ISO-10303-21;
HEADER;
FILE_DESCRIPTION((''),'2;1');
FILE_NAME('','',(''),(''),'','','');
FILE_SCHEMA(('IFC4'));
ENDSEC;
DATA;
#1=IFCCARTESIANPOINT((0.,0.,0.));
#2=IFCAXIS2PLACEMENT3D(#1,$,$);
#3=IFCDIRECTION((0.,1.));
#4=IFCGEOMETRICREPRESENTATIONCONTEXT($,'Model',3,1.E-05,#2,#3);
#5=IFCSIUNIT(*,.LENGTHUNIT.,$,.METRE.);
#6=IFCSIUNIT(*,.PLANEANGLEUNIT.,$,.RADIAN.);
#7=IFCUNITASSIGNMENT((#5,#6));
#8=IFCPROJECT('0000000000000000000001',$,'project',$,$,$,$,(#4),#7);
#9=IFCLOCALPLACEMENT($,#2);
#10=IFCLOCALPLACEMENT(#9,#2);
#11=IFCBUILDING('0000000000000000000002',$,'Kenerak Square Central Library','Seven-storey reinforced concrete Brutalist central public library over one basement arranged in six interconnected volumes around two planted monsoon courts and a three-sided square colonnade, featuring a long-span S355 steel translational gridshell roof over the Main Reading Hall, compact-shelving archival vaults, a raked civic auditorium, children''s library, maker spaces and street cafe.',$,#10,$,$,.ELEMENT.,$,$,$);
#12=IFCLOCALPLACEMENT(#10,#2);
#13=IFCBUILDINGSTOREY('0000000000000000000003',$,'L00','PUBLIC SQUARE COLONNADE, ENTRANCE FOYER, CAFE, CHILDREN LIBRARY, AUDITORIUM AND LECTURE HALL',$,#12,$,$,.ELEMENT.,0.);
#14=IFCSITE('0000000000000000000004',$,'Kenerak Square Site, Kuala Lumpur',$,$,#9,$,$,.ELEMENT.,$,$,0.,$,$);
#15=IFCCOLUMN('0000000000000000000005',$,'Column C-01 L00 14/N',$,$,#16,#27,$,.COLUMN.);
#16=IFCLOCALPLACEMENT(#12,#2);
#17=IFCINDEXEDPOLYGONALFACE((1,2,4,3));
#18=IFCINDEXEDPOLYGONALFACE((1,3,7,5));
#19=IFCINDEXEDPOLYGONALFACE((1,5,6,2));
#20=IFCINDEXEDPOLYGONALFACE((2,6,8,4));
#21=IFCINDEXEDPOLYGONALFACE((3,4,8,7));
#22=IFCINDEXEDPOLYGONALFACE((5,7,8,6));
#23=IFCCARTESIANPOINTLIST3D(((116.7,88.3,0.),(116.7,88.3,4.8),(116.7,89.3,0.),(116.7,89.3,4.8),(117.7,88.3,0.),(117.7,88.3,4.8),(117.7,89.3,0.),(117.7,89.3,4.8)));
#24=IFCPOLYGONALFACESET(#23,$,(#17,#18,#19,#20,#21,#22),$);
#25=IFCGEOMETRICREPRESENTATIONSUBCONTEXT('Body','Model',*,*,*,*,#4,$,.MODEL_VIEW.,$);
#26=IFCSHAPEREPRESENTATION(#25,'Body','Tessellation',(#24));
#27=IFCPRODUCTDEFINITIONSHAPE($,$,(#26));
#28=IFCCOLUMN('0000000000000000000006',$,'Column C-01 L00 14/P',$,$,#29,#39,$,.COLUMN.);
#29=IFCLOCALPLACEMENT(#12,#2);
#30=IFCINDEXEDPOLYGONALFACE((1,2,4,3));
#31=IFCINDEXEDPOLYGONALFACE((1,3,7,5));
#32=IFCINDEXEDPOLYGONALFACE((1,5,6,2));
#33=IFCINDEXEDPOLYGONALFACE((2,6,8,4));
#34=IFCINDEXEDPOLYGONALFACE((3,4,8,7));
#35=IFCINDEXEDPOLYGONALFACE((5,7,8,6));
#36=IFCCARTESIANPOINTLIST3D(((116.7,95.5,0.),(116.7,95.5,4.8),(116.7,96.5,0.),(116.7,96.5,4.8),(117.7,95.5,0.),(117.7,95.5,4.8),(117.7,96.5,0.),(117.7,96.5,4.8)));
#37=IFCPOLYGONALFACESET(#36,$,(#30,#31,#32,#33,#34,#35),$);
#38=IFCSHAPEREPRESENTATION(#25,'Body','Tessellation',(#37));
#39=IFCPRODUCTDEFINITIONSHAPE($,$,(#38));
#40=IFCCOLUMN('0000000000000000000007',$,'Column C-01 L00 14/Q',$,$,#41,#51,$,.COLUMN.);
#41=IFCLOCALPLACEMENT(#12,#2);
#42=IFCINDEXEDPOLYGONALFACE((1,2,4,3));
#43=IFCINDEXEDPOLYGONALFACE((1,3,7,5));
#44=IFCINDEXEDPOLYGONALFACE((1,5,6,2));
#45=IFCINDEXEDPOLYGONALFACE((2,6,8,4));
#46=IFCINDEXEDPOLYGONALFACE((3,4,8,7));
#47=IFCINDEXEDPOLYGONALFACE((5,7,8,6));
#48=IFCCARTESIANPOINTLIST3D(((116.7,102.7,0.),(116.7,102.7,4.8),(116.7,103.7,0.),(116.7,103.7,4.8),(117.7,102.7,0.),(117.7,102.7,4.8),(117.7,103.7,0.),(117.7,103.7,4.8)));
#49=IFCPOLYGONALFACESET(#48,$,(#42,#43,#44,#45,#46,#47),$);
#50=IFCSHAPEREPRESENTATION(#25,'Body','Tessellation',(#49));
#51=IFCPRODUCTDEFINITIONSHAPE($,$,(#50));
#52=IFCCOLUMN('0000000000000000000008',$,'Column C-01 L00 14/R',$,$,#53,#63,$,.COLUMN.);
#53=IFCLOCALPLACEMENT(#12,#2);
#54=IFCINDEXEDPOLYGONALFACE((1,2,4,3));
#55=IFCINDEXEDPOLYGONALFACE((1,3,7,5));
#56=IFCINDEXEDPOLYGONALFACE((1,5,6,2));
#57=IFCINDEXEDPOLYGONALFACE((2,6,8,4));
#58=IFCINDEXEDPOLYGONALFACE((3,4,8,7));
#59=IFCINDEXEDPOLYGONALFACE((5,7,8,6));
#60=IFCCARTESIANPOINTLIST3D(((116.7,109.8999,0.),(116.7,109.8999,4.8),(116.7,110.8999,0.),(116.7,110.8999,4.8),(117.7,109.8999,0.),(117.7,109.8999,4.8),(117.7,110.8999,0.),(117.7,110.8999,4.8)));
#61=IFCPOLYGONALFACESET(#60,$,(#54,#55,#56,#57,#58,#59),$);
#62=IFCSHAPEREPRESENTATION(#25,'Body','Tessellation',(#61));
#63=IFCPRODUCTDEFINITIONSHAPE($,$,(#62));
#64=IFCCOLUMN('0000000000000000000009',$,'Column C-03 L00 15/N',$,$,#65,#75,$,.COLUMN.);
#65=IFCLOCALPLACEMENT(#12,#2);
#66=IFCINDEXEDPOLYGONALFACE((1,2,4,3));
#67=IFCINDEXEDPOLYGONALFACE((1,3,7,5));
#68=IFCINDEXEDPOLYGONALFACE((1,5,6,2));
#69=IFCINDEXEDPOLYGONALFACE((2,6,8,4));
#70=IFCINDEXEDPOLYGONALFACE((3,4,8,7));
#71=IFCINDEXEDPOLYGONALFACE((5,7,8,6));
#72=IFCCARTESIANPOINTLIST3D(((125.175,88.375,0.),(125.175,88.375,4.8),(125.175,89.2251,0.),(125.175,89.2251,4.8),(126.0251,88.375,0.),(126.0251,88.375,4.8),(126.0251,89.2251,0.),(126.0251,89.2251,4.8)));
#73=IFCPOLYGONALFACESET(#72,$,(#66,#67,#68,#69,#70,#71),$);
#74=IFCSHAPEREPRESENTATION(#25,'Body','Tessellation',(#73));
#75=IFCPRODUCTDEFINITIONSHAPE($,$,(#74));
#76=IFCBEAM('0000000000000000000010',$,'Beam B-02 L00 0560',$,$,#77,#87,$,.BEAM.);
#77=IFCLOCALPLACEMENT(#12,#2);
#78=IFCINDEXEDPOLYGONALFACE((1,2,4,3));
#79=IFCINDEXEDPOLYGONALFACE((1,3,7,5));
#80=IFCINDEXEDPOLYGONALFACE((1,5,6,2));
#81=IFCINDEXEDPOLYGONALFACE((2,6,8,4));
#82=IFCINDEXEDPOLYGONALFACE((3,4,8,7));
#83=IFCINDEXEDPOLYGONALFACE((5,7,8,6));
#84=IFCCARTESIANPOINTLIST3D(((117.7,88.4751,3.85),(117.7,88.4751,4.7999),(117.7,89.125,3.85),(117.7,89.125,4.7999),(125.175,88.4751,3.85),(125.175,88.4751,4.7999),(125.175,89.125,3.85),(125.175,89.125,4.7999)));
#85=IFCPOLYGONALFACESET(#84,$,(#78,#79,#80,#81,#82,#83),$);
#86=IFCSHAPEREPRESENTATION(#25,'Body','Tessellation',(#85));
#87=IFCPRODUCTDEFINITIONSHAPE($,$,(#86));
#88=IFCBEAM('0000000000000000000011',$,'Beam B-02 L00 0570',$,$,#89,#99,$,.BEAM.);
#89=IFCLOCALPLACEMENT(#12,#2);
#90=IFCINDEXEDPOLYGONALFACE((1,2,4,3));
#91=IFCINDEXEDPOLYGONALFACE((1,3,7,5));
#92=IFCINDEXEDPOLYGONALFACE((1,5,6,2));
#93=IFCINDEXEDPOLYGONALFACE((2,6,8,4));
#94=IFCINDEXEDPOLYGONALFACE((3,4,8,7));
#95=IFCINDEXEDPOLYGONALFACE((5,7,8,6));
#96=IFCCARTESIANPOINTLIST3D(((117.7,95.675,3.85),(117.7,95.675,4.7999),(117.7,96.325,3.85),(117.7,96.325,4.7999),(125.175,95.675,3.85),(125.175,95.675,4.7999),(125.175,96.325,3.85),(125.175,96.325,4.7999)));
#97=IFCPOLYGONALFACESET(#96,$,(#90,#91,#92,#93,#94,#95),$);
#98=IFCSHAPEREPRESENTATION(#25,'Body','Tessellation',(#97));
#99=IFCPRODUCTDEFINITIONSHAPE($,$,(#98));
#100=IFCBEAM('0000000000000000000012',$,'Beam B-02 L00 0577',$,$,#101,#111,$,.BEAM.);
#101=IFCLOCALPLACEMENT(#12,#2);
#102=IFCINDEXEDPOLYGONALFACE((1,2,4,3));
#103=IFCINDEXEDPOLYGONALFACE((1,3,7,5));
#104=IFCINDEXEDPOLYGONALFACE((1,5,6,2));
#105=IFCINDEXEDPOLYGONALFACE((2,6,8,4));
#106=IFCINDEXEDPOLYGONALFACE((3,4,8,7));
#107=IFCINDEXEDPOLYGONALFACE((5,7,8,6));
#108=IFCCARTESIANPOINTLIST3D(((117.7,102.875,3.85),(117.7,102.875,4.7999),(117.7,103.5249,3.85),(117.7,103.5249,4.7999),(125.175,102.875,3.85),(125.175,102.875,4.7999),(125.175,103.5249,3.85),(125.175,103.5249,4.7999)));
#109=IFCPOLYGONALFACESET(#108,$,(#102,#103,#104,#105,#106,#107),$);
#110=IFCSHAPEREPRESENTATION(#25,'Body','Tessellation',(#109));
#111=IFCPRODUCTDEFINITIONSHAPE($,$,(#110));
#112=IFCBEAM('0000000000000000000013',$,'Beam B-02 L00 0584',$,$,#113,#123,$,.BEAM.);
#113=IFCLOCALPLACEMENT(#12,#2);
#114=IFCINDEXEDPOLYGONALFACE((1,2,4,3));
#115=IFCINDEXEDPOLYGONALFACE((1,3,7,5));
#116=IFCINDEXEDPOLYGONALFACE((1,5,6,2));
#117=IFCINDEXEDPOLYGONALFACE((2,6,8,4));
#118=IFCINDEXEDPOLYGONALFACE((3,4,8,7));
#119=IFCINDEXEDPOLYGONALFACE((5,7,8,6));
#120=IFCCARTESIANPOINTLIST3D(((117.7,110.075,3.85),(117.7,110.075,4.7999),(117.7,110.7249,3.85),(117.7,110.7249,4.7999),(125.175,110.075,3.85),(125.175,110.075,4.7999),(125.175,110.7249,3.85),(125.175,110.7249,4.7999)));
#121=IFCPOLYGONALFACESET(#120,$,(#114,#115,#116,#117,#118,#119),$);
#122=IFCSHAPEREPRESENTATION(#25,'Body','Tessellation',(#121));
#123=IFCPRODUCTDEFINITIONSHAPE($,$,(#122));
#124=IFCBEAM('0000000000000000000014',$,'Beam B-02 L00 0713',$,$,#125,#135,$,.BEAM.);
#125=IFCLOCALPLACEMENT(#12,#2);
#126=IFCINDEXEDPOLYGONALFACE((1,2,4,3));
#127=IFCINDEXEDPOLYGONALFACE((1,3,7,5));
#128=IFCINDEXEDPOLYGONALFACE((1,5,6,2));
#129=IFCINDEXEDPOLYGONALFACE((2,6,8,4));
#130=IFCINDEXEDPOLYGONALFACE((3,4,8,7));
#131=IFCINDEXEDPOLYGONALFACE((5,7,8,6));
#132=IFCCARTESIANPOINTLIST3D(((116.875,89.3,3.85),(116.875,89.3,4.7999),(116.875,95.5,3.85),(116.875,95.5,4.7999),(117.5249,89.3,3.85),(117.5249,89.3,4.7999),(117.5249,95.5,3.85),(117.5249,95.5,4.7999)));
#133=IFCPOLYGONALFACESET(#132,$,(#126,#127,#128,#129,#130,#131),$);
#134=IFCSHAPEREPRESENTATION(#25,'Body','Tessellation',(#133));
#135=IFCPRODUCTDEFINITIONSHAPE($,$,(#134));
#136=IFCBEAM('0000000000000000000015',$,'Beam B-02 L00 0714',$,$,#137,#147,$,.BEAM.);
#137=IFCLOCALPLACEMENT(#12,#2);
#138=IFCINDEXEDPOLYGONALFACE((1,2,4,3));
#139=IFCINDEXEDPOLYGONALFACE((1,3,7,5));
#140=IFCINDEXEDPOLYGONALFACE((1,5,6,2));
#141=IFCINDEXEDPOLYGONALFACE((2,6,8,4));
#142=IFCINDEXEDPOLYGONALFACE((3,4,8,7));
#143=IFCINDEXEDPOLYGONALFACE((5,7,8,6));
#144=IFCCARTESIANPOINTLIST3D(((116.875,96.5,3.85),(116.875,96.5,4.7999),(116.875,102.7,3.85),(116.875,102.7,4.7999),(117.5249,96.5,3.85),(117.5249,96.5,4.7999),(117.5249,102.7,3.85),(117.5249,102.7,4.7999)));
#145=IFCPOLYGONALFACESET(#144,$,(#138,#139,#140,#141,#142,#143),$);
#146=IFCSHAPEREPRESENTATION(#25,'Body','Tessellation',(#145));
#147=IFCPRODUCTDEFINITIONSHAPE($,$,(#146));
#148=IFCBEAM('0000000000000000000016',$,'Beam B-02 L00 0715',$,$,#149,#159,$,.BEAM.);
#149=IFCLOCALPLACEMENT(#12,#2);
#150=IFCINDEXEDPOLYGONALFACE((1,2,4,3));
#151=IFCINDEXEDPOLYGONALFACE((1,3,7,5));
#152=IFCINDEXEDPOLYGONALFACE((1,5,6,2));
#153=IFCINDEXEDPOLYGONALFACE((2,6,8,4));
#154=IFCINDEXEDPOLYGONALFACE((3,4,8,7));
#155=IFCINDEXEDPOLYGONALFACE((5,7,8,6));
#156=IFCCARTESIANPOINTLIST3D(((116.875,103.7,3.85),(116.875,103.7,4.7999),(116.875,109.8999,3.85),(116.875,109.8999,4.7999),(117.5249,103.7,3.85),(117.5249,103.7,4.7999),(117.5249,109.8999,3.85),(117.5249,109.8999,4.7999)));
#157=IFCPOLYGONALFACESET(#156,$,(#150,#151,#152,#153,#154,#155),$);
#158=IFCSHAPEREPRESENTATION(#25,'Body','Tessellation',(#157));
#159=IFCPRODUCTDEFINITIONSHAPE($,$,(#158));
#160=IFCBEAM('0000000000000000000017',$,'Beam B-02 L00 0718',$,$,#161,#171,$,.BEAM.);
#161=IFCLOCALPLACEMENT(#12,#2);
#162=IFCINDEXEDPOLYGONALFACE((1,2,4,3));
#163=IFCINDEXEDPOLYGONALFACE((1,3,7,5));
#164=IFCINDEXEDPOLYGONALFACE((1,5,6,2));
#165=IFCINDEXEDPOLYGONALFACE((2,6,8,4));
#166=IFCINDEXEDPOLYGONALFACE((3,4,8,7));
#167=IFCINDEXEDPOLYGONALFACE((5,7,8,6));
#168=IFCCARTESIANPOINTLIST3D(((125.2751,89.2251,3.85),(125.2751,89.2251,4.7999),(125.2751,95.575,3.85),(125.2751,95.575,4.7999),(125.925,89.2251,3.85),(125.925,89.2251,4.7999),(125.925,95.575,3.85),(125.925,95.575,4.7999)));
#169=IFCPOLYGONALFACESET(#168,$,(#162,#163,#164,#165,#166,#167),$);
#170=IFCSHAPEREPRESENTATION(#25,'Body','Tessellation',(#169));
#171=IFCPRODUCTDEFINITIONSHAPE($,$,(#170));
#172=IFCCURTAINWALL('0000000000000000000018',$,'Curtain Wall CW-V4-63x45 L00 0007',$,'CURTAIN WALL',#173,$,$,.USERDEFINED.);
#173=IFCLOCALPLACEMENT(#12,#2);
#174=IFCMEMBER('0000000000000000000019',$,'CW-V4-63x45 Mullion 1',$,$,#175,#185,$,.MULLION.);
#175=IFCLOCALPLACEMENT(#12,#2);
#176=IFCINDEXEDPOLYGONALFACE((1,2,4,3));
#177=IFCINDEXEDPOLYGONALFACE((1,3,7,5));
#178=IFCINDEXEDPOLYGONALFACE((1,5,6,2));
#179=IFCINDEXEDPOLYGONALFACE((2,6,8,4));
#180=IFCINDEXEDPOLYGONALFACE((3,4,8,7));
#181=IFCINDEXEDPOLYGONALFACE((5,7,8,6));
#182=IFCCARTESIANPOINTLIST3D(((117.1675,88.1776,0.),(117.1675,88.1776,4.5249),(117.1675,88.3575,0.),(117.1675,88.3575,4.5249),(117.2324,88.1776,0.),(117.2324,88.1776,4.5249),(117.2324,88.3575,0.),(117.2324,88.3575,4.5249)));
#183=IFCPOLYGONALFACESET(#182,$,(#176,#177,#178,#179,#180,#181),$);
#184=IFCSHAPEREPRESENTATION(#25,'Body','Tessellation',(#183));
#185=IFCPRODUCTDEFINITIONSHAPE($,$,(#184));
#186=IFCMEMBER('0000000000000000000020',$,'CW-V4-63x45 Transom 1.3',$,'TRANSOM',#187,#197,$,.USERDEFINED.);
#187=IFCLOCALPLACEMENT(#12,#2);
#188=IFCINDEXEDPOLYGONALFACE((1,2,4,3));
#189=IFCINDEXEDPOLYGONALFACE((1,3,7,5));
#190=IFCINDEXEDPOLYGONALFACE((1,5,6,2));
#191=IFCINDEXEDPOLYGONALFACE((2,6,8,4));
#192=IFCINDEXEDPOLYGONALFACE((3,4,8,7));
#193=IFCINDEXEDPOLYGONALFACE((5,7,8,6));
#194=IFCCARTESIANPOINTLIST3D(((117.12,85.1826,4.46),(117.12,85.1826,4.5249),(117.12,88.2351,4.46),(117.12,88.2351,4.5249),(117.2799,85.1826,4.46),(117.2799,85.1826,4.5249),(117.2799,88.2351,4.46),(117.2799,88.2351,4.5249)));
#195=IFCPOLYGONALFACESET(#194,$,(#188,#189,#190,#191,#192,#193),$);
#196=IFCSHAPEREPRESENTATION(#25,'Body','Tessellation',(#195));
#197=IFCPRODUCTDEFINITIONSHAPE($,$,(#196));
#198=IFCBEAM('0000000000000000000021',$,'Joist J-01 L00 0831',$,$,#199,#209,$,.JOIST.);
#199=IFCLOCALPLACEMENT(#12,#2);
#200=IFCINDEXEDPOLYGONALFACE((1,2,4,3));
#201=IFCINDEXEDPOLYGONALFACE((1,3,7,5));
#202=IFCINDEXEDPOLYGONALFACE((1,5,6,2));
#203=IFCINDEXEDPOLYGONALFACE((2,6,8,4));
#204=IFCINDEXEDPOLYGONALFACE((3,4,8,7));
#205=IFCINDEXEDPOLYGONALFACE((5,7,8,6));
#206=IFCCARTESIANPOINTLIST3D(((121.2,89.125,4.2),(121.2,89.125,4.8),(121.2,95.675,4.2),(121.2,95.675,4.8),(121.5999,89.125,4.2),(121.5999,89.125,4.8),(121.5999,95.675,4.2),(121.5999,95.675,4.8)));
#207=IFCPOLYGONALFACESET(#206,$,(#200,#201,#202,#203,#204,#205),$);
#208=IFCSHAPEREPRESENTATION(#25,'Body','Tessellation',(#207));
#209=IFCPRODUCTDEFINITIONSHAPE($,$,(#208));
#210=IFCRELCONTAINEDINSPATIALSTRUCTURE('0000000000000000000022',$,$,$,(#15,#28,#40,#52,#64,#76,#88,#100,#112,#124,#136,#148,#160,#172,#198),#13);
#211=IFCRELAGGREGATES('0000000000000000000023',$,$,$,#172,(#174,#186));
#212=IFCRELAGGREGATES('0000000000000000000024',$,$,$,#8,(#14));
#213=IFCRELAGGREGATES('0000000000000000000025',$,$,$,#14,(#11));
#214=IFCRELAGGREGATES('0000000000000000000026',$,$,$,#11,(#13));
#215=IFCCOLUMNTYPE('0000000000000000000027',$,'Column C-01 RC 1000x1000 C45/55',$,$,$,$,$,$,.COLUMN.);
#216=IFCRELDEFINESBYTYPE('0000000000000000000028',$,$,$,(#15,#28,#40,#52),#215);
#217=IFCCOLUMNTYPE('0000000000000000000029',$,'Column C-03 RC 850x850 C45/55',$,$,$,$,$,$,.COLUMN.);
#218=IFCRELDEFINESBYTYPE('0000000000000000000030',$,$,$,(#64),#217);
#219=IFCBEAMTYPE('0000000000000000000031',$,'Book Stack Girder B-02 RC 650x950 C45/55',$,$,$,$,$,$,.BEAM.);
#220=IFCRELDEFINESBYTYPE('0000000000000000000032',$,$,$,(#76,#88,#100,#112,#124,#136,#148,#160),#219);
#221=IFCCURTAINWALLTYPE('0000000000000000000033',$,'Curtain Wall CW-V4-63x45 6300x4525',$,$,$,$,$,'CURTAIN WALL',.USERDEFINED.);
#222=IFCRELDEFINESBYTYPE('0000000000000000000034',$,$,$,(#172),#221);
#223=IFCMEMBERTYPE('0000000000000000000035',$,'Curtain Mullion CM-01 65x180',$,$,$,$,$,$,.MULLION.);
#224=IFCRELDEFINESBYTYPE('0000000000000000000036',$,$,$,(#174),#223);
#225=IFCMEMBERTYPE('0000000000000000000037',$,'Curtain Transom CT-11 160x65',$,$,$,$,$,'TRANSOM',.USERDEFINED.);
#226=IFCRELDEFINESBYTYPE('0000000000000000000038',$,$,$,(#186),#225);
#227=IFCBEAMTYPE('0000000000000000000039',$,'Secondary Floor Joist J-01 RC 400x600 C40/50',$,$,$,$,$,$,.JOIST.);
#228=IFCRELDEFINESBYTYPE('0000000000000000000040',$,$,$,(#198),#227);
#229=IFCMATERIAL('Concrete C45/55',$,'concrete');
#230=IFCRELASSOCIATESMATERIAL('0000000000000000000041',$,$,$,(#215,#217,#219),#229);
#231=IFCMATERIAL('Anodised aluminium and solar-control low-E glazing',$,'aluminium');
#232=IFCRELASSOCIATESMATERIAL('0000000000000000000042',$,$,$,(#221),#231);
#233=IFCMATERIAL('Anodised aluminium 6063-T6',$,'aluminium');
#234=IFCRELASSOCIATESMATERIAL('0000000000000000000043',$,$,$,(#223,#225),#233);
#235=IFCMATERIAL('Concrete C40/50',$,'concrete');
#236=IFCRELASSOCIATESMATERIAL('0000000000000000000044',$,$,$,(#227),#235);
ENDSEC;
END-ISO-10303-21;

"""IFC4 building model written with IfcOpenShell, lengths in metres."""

from ifc_helpers import new_model, si_unit, direction, frame, origin, origin_2d, place, context, subcontext, project, spatial, rectangle, extrude, material, material_profile, profile_set, type_object, element, aggregate, save


model = new_model("IFC4")

# Units and contexts
model_context = context("Model", 3, precision=1e-05, world=origin(), true_north=direction((0.0, 1.0)))
body_context = subcontext(model_context, "Body", "Model", "MODEL_VIEW")
ifc_project = project(units=[si_unit("LENGTHUNIT", "METRE"), si_unit("PLANEANGLEUNIT", "RADIAN")], contexts=[model_context])

# Site, building, storey
site_placement = place(None, origin())
site = spatial("IfcSite", under=ifc_project, at=site_placement, Name="Kenerak Square Site, Kuala Lumpur", CompositionType="ELEMENT", RefElevation=0.0)
building_placement = place(site_placement, origin())
building = spatial("IfcBuilding", under=site, at=building_placement, Name="Kenerak Square Central Library", Description="Seven-storey reinforced concrete Brutalist central public library over one basement arranged in six interconnected volumes around two planted monsoon courts and a three-sided square colonnade, featuring a long-span S355 steel translational gridshell roof over the Main Reading Hall, compact-shelving archival vaults, a raked civic auditorium, children's library, maker spaces and street cafe.", CompositionType="ELEMENT")
storey_placement = place(building_placement, origin())
storey = spatial("IfcBuildingStorey", under=building, at=storey_placement, Name="L00", Description="PUBLIC SQUARE COLONNADE, ENTRANCE FOYER, CAFE, CHILDREN LIBRARY, AUDITORIUM AND LECTURE HALL", CompositionType="ELEMENT", Elevation=0.0)

# Columns
ifc_material_1 = material(Name="Concrete C45/55", Category="concrete")
ifc_material_profile_1 = material_profile(ifc_material_1, rectangle(XDim=1.0, YDim=1.0, at=origin_2d()), Name="RC 1000x1000")
ifc_profile_set_1 = profile_set([ifc_material_profile_1], Name="Concrete C45/55")
column_type_1 = type_object("IfcColumnType", Name="Column C-01 RC 1000x1000 C45/55", PredefinedType="COLUMN", material=ifc_profile_set_1)
for number, where, z_axis, x_axis, name in (
    (1, (117.2, 88.8, 0.0), (0.0, 0.0, 1.0), (1.0, 0.0, 0.0), "Column C-01 L00 14/N"),
    (2, (117.2, 96.0, 0.0), (0.0, 0.0, 1.0), (1.0, 0.0, 0.0), "Column C-01 L00 14/P"),
    (3, (117.2, 103.2, 0.0), (0.0, 0.0, 1.0), (1.0, 0.0, 0.0), "Column C-01 L00 14/Q"),
    (4, (117.2, 110.3999, 0.0), (0.0, 0.0, 1.0), (1.0, 0.0, 0.0), "Column C-01 L00 14/R"),
):
    element("IfcColumn", number, at=place(storey_placement, frame(where, z_axis=z_axis, x_axis=x_axis)), inside=storey, type_object=column_type_1, Name=name, PredefinedType="COLUMN", context=body_context, shape_type="SweptSolid", body=[
        extrude(rectangle(XDim=1.0, YDim=1.0, at=origin_2d()), origin(), (0.0, 0.0, 1.0), 4.8),
    ])
ifc_material_profile_2 = material_profile(ifc_material_1, rectangle(XDim=0.8501, YDim=0.8501, at=origin_2d()), Name="RC 850x850")
ifc_profile_set_2 = profile_set([ifc_material_profile_2], Name="Concrete C45/55")
column_type_2 = type_object("IfcColumnType", Name="Column C-03 RC 850x850 C45/55", PredefinedType="COLUMN", material=ifc_profile_set_2)
column_placement = place(storey_placement, frame((125.6001, 88.8, 0.0), z_axis=(0.0, 0.0, 1.0), x_axis=(1.0, 0.0, 0.0)))
element("IfcColumn", 5, at=column_placement, inside=storey, type_object=column_type_2, Name="Column C-03 L00 15/N", PredefinedType="COLUMN", context=body_context, shape_type="SweptSolid", body=[
    extrude(rectangle(XDim=0.8501, YDim=0.8501, at=origin_2d()), origin(), (0.0, 0.0, 1.0), 4.8),
])

# Beams
ifc_material_profile_3 = material_profile(ifc_material_1, rectangle(XDim=0.6499, YDim=0.95, at=origin_2d()), Name="RC 650x950")
ifc_profile_set_3 = profile_set([ifc_material_profile_3], Name="Concrete C45/55")
beam_type_1 = type_object("IfcBeamType", Name="Book Stack Girder B-02 RC 650x950 C45/55", PredefinedType="BEAM", material=ifc_profile_set_3)
for number, where, z_axis, x_axis, name in (
    (6, (117.7, 88.8, 4.325), (1.0, 0.0, 0.0), (0.0, 1.0, 0.0), "Beam B-02 L00 0560"),
    (7, (117.7, 96.0, 4.325), (1.0, 0.0, 0.0), (0.0, 1.0, 0.0), "Beam B-02 L00 0570"),
    (8, (117.7, 103.2, 4.325), (1.0, 0.0, 0.0), (0.0, 1.0, 0.0), "Beam B-02 L00 0577"),
    (9, (117.7, 110.3999, 4.325), (1.0, 0.0, 0.0), (0.0, 1.0, 0.0), "Beam B-02 L00 0584"),
):
    element("IfcBeam", number, at=place(storey_placement, frame(where, z_axis=z_axis, x_axis=x_axis)), inside=storey, type_object=beam_type_1, Name=name, PredefinedType="BEAM", context=body_context, shape_type="SweptSolid", body=[
        extrude(rectangle(XDim=0.6499, YDim=0.95, at=origin_2d()), origin(), (0.0, 0.0, 1.0), 7.4751),
    ])
for number, where, z_axis, x_axis, name in (
    (10, (117.2, 89.3, 4.325), (0.0, 1.0, 0.0), (-1.0, 0.0, 0.0), "Beam B-02 L00 0713"),
    (11, (117.2, 96.5, 4.325), (0.0, 1.0, 0.0), (-1.0, 0.0, 0.0), "Beam B-02 L00 0714"),
    (12, (117.2, 103.7, 4.325), (0.0, 1.0, 0.0), (-1.0, 0.0, 0.0), "Beam B-02 L00 0715"),
):
    element("IfcBeam", number, at=place(storey_placement, frame(where, z_axis=z_axis, x_axis=x_axis)), inside=storey, type_object=beam_type_1, Name=name, PredefinedType="BEAM", context=body_context, shape_type="SweptSolid", body=[
        extrude(rectangle(XDim=0.6499, YDim=0.95, at=origin_2d()), origin(), (0.0, 0.0, 1.0), 6.2),
    ])
beam_placement = place(storey_placement, frame((125.6001, 89.2251, 4.325), z_axis=(0.0, 1.0, 0.0), x_axis=(-1.0, 0.0, 0.0)))
element("IfcBeam", 13, at=beam_placement, inside=storey, type_object=beam_type_1, Name="Beam B-02 L00 0718", PredefinedType="BEAM", context=body_context, shape_type="SweptSolid", body=[
    extrude(rectangle(XDim=0.6499, YDim=0.95, at=origin_2d()), origin(), (0.0, 0.0, 1.0), 6.3499),
])

# Curtain wall, members
ifc_material_2 = material(Name="Anodised aluminium and solar-control low-E glazing", Category="aluminium")
curtain_wall_type = type_object("IfcCurtainWallType", Name="Curtain Wall CW-V4-63x45 6300x4525", ElementType="CURTAIN WALL", PredefinedType="USERDEFINED", material=ifc_material_2)
curtain_wall_placement = place(storey_placement, origin())
curtain_wall = element("IfcCurtainWall", 14, at=curtain_wall_placement, inside=storey, type_object=curtain_wall_type, Name="Curtain Wall CW-V4-63x45 L00 0007", ObjectType="CURTAIN WALL", PredefinedType="USERDEFINED")
ifc_material_3 = material(Name="Anodised aluminium 6063-T6", Category="aluminium")
ifc_material_profile_4 = material_profile(ifc_material_3, rectangle(XDim=0.0649, YDim=0.1799, at=origin_2d()), Name="AL MULLION 65x180")
ifc_profile_set_4 = profile_set([ifc_material_profile_4], Name="Anodised aluminium 6063-T6")
member_type_1 = type_object("IfcMemberType", Name="Curtain Mullion CM-01 65x180", PredefinedType="MULLION", material=ifc_profile_set_4)
member_1_placement = place(storey_placement, frame((117.2, 88.2676, 0.0), z_axis=(0.0, 0.0, 1.0), x_axis=(1.0, 0.0, 0.0)))
member_1 = element("IfcMember", 15, at=member_1_placement, type_object=member_type_1, Name="CW-V4-63x45 Mullion 1", PredefinedType="MULLION", context=body_context, shape_type="SweptSolid", body=[
    extrude(rectangle(XDim=0.0649, YDim=0.1799, at=origin_2d()), origin(), (0.0, 0.0, 1.0), 4.5249),
])
ifc_material_profile_5 = material_profile(ifc_material_3, rectangle(XDim=0.1599, YDim=0.0649, at=origin_2d()), Name="AL TRANSOM 160x65")
ifc_profile_set_5 = profile_set([ifc_material_profile_5], Name="Anodised aluminium 6063-T6")
member_type_2 = type_object("IfcMemberType", Name="Curtain Transom CT-11 160x65", ElementType="TRANSOM", PredefinedType="USERDEFINED", material=ifc_profile_set_5)
member_2_placement = place(storey_placement, frame((117.2, 88.2351, 4.4924), z_axis=(0.0, -1.0, 0.0), x_axis=(1.0, 0.0, 0.0)))
member_2 = element("IfcMember", 16, at=member_2_placement, type_object=member_type_2, Name="CW-V4-63x45 Transom 1.3", ObjectType="TRANSOM", PredefinedType="USERDEFINED", context=body_context, shape_type="SweptSolid", body=[
    extrude(rectangle(XDim=0.1599, YDim=0.0649, at=origin_2d()), origin(), (0.0, 0.0, 1.0), 3.0525),
])
aggregate(curtain_wall, [member_1, member_2])

# Beam
ifc_material_4 = material(Name="Concrete C40/50", Category="concrete")
ifc_material_profile_6 = material_profile(ifc_material_4, rectangle(XDim=0.3999, YDim=0.6001, at=origin_2d()), Name="RC 400x600")
ifc_profile_set_6 = profile_set([ifc_material_profile_6], Name="Concrete C40/50")
beam_type_2 = type_object("IfcBeamType", Name="Secondary Floor Joist J-01 RC 400x600 C40/50", PredefinedType="JOIST", material=ifc_profile_set_6)
for number, where, z_axis, x_axis, name in (
    (17, (121.3999, 89.125, 4.5), (0.0, 1.0, 0.0), (-1.0, 0.0, 0.0), "Joist J-01 L00 0831"),
):
    element("IfcBeam", number, at=place(storey_placement, frame(where, z_axis=z_axis, x_axis=x_axis)), inside=storey, type_object=beam_type_2, Name=name, PredefinedType="JOIST", context=body_context, shape_type="SweptSolid", body=[
        extrude(rectangle(XDim=0.3999, YDim=0.6001, at=origin_2d()), origin(), (0.0, 0.0, 1.0), 6.55),
    ])

save(model, "model.ifc")
